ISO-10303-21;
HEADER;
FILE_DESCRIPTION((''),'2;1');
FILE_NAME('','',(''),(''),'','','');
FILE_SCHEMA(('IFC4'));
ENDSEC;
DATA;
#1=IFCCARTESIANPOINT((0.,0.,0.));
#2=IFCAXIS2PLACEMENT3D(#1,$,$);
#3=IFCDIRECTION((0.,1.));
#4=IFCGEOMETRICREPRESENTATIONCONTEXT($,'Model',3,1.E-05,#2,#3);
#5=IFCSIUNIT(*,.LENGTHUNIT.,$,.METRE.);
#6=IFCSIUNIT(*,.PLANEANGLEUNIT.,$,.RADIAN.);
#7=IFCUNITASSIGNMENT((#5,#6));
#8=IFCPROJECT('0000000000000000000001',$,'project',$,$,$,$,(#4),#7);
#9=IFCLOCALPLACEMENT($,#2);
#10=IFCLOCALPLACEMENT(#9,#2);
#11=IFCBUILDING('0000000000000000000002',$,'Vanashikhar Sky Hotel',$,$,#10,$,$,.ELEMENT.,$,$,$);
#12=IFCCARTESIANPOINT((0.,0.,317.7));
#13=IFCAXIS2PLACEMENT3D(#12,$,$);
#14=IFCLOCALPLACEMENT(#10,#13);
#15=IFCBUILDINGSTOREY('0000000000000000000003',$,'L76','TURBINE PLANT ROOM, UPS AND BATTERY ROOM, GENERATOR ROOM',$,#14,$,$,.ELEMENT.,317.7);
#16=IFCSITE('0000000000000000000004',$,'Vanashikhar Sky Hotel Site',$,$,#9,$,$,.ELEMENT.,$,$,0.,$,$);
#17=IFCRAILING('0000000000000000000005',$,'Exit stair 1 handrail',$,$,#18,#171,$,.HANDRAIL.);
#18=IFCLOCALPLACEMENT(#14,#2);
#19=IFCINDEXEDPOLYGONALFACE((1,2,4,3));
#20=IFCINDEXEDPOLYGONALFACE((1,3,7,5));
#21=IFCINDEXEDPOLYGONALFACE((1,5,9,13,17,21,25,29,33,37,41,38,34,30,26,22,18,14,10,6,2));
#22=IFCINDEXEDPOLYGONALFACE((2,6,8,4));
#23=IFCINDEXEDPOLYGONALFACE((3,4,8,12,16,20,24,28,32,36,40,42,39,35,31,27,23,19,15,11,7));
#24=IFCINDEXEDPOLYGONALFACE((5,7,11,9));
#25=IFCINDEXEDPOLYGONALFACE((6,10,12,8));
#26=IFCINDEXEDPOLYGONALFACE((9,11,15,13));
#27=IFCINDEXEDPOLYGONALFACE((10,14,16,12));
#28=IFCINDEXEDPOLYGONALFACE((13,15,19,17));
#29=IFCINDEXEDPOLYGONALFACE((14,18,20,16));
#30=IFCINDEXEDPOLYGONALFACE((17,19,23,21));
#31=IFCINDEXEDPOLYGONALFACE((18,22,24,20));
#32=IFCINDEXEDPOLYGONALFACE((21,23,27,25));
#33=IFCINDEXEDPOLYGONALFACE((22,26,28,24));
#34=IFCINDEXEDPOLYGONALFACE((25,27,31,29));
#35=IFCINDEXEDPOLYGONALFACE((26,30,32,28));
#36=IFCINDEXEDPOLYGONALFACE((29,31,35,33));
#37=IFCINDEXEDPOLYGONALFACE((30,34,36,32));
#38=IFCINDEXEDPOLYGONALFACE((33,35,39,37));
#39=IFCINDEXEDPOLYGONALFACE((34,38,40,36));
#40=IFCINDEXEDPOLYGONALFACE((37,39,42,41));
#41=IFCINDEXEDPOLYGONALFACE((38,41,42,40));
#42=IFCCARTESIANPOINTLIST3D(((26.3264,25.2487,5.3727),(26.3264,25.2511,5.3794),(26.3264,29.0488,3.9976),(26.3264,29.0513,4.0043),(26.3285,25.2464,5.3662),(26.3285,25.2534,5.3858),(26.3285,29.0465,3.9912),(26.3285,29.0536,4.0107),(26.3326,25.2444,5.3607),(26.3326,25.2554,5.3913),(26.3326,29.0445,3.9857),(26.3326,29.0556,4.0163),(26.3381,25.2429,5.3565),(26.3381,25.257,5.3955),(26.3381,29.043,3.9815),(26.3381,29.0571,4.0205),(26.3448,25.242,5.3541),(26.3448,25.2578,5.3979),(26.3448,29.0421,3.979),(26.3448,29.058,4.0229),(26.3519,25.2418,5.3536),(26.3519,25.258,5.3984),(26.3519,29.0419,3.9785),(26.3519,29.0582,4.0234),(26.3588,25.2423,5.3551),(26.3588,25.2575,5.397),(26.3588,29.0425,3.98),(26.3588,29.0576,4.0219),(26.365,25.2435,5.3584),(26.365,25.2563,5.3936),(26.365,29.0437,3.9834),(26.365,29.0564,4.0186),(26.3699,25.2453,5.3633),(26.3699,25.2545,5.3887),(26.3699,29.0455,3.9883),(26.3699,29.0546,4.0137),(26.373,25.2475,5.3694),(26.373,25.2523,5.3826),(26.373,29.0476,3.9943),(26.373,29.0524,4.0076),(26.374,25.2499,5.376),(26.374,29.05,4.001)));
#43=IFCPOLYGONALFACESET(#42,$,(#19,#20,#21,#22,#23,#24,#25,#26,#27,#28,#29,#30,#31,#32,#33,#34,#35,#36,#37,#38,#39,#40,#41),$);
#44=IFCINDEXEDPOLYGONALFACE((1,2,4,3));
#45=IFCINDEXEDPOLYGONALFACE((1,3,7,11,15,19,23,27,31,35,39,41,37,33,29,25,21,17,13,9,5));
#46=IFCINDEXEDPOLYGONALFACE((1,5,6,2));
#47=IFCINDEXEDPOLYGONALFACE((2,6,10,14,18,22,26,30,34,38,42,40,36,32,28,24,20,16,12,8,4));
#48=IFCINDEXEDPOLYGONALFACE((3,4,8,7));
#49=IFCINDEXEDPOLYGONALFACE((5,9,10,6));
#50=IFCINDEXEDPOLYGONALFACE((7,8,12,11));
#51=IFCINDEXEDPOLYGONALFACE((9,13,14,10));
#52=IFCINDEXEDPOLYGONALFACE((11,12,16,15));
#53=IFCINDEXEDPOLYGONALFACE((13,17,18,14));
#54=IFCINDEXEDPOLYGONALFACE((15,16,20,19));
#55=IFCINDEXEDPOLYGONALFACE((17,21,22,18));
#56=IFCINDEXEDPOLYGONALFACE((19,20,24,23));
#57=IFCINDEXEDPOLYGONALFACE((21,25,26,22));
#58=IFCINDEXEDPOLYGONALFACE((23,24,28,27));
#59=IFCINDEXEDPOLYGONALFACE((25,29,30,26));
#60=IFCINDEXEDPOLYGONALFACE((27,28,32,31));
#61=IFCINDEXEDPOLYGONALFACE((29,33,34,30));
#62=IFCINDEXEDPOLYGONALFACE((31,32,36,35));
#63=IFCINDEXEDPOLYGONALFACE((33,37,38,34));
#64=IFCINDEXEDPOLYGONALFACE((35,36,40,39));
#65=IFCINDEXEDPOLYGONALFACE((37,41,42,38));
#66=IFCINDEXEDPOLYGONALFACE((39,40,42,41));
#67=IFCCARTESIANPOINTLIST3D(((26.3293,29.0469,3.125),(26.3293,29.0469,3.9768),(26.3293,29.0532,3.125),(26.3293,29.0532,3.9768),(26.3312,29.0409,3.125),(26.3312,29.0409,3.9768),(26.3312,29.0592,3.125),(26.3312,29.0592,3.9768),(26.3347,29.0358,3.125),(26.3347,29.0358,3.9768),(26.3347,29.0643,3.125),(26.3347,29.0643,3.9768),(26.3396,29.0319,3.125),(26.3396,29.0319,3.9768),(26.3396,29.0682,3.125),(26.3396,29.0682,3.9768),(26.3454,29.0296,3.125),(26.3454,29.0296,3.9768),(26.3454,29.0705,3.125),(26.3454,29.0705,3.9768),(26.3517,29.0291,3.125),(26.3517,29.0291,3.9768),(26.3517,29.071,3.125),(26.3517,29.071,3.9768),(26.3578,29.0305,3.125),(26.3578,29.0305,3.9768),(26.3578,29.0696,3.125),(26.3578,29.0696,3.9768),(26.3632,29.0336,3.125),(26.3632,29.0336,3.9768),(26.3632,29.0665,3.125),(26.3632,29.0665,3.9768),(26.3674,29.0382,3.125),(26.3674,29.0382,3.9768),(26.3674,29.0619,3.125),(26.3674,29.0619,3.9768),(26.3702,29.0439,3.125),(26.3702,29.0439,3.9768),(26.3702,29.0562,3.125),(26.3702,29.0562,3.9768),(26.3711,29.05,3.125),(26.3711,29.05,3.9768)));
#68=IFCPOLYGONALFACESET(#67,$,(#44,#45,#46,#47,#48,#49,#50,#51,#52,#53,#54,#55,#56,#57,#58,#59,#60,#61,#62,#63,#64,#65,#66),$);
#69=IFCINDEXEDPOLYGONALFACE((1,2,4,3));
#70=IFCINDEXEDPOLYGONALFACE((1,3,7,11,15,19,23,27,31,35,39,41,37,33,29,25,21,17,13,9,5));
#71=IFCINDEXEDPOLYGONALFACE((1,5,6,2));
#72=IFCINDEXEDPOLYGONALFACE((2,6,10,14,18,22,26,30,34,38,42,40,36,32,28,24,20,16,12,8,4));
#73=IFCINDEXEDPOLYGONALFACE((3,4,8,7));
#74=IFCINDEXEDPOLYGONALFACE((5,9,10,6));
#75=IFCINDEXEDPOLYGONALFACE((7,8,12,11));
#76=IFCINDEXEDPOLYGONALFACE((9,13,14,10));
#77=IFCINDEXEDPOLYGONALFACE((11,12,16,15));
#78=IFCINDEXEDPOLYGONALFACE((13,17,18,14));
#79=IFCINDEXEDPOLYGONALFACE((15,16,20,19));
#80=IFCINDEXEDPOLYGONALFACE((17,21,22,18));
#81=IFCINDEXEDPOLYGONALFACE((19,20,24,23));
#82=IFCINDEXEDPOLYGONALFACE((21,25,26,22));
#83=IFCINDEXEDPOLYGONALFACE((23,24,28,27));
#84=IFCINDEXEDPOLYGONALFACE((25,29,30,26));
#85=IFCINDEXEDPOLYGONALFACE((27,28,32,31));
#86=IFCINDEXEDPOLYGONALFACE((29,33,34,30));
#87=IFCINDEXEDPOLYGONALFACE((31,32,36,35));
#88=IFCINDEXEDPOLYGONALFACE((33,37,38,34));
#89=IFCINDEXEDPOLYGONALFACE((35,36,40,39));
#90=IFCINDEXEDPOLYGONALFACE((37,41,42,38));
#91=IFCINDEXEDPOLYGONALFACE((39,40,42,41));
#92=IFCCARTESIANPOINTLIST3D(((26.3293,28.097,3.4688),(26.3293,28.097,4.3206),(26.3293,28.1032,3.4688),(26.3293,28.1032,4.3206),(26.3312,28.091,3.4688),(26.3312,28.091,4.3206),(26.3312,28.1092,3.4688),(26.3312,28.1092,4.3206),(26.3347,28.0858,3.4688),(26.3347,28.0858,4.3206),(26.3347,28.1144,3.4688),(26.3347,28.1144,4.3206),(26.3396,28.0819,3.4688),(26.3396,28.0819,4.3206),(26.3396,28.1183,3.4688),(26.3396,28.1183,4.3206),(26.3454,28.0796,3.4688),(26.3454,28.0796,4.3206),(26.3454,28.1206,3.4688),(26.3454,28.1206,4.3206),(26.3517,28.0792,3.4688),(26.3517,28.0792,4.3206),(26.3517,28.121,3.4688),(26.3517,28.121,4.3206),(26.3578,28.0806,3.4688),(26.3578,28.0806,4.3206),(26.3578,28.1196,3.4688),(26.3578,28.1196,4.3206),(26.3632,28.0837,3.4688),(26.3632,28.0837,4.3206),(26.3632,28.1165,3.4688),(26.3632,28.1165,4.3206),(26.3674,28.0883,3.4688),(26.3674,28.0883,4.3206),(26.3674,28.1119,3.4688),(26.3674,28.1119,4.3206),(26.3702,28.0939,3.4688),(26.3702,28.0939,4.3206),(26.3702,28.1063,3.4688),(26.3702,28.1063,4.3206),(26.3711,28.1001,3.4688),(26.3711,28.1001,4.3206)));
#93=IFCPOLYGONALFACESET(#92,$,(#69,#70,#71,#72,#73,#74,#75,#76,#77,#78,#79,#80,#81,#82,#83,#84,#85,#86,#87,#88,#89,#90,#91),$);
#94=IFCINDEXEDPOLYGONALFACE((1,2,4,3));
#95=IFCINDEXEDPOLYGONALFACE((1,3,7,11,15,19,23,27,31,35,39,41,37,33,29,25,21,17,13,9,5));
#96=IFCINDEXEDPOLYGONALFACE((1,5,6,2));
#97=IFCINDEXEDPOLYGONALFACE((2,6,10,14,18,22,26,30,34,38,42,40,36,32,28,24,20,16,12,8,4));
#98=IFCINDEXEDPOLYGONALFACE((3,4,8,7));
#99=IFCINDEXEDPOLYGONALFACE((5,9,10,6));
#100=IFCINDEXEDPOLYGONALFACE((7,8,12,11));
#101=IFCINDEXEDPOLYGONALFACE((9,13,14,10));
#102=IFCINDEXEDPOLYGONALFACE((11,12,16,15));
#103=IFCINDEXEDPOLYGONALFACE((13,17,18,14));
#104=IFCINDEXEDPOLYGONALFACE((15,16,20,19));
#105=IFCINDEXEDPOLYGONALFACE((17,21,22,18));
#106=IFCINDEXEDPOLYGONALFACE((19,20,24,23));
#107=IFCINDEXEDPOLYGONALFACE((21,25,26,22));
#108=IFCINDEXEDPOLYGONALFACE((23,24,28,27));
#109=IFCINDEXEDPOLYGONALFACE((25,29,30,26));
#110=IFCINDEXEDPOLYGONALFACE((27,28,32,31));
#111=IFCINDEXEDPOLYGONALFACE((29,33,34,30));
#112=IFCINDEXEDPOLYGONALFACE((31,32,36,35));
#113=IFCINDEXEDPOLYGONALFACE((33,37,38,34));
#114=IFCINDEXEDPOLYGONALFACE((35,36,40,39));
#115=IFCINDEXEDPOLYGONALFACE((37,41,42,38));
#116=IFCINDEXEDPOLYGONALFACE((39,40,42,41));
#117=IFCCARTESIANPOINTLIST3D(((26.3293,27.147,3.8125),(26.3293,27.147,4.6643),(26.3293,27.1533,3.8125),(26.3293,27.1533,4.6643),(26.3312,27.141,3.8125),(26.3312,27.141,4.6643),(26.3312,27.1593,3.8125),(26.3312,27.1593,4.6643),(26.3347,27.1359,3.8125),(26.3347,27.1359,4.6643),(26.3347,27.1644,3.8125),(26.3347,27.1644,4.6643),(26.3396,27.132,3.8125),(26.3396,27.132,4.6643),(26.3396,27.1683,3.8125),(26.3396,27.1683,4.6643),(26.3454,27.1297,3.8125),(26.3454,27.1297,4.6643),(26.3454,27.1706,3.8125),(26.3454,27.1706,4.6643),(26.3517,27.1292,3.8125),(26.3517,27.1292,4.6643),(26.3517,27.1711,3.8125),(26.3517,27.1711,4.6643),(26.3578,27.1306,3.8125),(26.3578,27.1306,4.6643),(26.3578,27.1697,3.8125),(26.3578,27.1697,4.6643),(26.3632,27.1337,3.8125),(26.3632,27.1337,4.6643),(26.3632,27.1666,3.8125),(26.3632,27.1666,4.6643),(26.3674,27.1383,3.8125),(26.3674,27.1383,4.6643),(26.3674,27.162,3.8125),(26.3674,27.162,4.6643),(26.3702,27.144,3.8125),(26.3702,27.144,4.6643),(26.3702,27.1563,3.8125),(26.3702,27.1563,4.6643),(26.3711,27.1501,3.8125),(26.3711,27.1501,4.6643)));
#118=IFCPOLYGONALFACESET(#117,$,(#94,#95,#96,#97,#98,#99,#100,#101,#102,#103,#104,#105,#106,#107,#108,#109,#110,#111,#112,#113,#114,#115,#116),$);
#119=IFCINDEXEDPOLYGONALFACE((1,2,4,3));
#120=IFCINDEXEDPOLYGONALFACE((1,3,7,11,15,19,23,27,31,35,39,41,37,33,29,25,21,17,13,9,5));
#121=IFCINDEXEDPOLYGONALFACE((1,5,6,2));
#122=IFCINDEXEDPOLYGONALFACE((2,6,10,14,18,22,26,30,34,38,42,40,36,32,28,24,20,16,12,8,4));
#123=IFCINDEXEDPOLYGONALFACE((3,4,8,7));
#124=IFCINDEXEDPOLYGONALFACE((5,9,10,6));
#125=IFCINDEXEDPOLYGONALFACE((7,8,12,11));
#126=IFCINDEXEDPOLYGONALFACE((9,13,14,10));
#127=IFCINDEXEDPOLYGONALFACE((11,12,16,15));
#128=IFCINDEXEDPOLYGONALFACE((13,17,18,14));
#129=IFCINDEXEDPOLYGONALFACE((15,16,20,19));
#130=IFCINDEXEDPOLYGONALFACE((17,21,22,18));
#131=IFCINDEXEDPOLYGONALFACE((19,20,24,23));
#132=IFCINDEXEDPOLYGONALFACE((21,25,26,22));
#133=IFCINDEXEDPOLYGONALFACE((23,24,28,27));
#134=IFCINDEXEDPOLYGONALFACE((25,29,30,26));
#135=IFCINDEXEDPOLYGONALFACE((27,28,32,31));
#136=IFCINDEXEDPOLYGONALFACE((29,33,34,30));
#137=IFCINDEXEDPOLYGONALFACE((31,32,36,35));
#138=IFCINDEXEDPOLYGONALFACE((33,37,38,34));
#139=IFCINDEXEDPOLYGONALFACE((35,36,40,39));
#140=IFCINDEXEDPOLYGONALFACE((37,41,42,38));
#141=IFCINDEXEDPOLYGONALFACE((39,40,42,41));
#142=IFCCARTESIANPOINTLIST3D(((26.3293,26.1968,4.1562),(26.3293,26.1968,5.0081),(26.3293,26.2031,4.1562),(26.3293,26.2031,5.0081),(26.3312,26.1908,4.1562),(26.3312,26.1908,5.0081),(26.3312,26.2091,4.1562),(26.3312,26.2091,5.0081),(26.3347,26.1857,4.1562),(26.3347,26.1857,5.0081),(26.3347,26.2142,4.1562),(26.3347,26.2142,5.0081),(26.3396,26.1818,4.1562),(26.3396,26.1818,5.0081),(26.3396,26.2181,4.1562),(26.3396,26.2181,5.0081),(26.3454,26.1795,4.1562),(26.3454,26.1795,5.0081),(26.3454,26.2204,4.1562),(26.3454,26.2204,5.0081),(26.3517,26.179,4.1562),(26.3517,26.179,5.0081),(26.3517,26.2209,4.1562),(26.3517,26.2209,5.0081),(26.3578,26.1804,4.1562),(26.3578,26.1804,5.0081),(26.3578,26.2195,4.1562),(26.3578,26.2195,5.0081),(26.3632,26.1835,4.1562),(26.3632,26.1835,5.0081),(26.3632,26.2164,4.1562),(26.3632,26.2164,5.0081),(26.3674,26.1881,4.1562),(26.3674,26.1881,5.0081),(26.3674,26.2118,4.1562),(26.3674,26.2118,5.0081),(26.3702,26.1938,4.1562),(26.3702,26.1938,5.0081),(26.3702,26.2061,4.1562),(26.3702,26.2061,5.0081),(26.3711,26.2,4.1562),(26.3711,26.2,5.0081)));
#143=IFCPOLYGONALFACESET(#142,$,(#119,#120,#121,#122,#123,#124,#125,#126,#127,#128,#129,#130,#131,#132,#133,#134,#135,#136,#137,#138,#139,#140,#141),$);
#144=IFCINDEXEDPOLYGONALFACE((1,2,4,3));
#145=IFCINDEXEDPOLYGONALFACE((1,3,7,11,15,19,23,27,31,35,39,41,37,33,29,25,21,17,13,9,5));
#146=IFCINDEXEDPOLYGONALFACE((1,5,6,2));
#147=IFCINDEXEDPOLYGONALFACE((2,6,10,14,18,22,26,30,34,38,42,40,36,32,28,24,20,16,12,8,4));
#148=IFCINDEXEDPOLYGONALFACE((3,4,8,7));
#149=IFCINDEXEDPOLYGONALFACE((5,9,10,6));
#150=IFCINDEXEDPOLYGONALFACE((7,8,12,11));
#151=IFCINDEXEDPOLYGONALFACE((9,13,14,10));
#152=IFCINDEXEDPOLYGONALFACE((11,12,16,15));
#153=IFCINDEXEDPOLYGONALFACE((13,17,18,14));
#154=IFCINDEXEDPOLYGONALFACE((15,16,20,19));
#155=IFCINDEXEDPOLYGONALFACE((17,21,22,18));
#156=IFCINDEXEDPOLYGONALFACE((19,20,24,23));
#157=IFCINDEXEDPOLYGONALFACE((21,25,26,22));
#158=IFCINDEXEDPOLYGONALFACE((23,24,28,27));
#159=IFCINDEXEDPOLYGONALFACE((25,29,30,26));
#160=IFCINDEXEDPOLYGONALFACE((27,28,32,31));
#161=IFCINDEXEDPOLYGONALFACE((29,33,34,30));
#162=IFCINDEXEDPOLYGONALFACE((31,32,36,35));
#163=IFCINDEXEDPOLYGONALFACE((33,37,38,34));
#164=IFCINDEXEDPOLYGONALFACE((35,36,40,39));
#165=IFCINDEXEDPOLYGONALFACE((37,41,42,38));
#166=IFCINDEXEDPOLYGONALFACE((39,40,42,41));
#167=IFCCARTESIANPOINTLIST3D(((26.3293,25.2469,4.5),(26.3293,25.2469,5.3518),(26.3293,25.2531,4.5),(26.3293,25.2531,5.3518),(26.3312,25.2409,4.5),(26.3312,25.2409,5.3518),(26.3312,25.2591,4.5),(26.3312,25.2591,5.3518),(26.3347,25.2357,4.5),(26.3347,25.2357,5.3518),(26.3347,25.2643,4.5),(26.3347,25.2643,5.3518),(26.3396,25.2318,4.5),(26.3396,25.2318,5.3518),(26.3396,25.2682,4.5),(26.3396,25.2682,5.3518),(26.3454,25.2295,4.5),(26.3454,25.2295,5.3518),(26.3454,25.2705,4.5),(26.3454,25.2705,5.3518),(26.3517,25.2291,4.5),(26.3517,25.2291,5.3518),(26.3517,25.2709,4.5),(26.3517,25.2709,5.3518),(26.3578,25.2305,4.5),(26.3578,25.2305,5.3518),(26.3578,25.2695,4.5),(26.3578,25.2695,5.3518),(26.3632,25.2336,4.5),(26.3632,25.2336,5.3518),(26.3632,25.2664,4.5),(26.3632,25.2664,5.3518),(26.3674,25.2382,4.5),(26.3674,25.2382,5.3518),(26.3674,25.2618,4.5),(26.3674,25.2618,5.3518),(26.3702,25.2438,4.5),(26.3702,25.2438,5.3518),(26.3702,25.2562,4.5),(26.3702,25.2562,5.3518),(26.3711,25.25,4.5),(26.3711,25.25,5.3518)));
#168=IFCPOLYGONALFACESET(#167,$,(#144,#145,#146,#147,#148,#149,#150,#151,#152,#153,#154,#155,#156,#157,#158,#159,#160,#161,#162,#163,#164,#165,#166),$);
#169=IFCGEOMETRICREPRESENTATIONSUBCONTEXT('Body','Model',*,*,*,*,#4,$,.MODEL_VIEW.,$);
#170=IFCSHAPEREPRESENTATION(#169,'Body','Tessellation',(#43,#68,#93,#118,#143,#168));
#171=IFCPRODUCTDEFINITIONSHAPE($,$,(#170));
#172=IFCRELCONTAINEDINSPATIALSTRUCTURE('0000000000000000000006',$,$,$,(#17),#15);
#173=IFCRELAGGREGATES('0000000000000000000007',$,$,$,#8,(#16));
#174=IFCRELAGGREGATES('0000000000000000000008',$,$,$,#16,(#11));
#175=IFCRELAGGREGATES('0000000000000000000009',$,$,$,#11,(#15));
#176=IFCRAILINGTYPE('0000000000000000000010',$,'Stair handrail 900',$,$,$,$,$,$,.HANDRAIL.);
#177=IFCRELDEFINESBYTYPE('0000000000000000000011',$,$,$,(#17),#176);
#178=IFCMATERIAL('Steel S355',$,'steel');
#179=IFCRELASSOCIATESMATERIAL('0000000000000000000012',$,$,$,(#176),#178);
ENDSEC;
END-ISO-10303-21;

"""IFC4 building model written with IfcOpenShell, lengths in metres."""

from ifc_helpers import new_model, si_unit, direction, frame, origin, origin_2d, place, context, subcontext, project, spatial, circle, extrude, source, transform, mapped, material, type_object, element, save


model = new_model("IFC4")

# Units and contexts
model_context = context("Model", 3, precision=1e-05, world=origin(), true_north=direction((0.0, 1.0)))
body_context = subcontext(model_context, "Body", "Model", "MODEL_VIEW")
ifc_project = project(units=[si_unit("LENGTHUNIT", "METRE"), si_unit("PLANEANGLEUNIT", "RADIAN")], contexts=[model_context])

# Site, building, storey
site_placement = place(None, origin())
site = spatial("IfcSite", under=ifc_project, at=site_placement, Name="Vanashikhar Sky Hotel Site", CompositionType="ELEMENT", RefElevation=0.0)
building_placement = place(site_placement, origin())
building = spatial("IfcBuilding", under=site, at=building_placement, Name="Vanashikhar Sky Hotel", CompositionType="ELEMENT")
storey_placement = place(building_placement, frame((0.0, 0.0, 317.7)))
storey = spatial("IfcBuildingStorey", under=building, at=storey_placement, Name="L76", Description="TURBINE PLANT ROOM, UPS AND BATTERY ROOM, GENERATOR ROOM", CompositionType="ELEMENT", Elevation=317.7)

# Railing
ifc_material_1 = material(Name="Steel S355", Category="steel")
railing_type_1 = type_object("IfcRailingType", Name="Stair handrail 900", PredefinedType="HANDRAIL", material=ifc_material_1)
shared_shape_1 = source(origin(), body_context, "Body", "SweptSolid", [
    extrude(circle(Radius=0.0239, at=origin_2d()), frame((0.0, 0.0, 0.876), z_axis=(0.0, -0.940336, 0.340249), x_axis=(1.0, 0.0, 0.0)), (0.0, 0.0, 1.0), 4.0413),
    extrude(circle(Radius=0.021, at=origin_2d()), origin(), (0.0, 0.0, 1.0), 0.8518),
    extrude(circle(Radius=0.021, at=origin_2d()), frame((0.0, -0.95, 0.3438)), (0.0, 0.0, 1.0), 0.8518),
    extrude(circle(Radius=0.021, at=origin_2d()), frame((0.0, -1.8999, 0.6875)), (0.0, 0.0, 1.0), 0.8518),
    extrude(circle(Radius=0.021, at=origin_2d()), frame((0.0, -2.8501, 1.0312)), (0.0, 0.0, 1.0), 0.8518),
    extrude(circle(Radius=0.021, at=origin_2d()), frame((0.0, -3.8, 1.375)), (0.0, 0.0, 1.0), 0.8518),
])
for number, where, name in (
    (1, (26.3501, 29.05, 3.125), "Exit stair 1 handrail"),
):
    element("IfcRailing", number, at=place(storey_placement, frame(where)), inside=storey, type_object=railing_type_1, Name=name, PredefinedType="HANDRAIL", context=body_context, shape_type="MappedRepresentation", body=[
        mapped(shared_shape_1, transform((0.0, 0.0, 0.0), scale=1.0)),
    ])

save(model, "model.ifc")
